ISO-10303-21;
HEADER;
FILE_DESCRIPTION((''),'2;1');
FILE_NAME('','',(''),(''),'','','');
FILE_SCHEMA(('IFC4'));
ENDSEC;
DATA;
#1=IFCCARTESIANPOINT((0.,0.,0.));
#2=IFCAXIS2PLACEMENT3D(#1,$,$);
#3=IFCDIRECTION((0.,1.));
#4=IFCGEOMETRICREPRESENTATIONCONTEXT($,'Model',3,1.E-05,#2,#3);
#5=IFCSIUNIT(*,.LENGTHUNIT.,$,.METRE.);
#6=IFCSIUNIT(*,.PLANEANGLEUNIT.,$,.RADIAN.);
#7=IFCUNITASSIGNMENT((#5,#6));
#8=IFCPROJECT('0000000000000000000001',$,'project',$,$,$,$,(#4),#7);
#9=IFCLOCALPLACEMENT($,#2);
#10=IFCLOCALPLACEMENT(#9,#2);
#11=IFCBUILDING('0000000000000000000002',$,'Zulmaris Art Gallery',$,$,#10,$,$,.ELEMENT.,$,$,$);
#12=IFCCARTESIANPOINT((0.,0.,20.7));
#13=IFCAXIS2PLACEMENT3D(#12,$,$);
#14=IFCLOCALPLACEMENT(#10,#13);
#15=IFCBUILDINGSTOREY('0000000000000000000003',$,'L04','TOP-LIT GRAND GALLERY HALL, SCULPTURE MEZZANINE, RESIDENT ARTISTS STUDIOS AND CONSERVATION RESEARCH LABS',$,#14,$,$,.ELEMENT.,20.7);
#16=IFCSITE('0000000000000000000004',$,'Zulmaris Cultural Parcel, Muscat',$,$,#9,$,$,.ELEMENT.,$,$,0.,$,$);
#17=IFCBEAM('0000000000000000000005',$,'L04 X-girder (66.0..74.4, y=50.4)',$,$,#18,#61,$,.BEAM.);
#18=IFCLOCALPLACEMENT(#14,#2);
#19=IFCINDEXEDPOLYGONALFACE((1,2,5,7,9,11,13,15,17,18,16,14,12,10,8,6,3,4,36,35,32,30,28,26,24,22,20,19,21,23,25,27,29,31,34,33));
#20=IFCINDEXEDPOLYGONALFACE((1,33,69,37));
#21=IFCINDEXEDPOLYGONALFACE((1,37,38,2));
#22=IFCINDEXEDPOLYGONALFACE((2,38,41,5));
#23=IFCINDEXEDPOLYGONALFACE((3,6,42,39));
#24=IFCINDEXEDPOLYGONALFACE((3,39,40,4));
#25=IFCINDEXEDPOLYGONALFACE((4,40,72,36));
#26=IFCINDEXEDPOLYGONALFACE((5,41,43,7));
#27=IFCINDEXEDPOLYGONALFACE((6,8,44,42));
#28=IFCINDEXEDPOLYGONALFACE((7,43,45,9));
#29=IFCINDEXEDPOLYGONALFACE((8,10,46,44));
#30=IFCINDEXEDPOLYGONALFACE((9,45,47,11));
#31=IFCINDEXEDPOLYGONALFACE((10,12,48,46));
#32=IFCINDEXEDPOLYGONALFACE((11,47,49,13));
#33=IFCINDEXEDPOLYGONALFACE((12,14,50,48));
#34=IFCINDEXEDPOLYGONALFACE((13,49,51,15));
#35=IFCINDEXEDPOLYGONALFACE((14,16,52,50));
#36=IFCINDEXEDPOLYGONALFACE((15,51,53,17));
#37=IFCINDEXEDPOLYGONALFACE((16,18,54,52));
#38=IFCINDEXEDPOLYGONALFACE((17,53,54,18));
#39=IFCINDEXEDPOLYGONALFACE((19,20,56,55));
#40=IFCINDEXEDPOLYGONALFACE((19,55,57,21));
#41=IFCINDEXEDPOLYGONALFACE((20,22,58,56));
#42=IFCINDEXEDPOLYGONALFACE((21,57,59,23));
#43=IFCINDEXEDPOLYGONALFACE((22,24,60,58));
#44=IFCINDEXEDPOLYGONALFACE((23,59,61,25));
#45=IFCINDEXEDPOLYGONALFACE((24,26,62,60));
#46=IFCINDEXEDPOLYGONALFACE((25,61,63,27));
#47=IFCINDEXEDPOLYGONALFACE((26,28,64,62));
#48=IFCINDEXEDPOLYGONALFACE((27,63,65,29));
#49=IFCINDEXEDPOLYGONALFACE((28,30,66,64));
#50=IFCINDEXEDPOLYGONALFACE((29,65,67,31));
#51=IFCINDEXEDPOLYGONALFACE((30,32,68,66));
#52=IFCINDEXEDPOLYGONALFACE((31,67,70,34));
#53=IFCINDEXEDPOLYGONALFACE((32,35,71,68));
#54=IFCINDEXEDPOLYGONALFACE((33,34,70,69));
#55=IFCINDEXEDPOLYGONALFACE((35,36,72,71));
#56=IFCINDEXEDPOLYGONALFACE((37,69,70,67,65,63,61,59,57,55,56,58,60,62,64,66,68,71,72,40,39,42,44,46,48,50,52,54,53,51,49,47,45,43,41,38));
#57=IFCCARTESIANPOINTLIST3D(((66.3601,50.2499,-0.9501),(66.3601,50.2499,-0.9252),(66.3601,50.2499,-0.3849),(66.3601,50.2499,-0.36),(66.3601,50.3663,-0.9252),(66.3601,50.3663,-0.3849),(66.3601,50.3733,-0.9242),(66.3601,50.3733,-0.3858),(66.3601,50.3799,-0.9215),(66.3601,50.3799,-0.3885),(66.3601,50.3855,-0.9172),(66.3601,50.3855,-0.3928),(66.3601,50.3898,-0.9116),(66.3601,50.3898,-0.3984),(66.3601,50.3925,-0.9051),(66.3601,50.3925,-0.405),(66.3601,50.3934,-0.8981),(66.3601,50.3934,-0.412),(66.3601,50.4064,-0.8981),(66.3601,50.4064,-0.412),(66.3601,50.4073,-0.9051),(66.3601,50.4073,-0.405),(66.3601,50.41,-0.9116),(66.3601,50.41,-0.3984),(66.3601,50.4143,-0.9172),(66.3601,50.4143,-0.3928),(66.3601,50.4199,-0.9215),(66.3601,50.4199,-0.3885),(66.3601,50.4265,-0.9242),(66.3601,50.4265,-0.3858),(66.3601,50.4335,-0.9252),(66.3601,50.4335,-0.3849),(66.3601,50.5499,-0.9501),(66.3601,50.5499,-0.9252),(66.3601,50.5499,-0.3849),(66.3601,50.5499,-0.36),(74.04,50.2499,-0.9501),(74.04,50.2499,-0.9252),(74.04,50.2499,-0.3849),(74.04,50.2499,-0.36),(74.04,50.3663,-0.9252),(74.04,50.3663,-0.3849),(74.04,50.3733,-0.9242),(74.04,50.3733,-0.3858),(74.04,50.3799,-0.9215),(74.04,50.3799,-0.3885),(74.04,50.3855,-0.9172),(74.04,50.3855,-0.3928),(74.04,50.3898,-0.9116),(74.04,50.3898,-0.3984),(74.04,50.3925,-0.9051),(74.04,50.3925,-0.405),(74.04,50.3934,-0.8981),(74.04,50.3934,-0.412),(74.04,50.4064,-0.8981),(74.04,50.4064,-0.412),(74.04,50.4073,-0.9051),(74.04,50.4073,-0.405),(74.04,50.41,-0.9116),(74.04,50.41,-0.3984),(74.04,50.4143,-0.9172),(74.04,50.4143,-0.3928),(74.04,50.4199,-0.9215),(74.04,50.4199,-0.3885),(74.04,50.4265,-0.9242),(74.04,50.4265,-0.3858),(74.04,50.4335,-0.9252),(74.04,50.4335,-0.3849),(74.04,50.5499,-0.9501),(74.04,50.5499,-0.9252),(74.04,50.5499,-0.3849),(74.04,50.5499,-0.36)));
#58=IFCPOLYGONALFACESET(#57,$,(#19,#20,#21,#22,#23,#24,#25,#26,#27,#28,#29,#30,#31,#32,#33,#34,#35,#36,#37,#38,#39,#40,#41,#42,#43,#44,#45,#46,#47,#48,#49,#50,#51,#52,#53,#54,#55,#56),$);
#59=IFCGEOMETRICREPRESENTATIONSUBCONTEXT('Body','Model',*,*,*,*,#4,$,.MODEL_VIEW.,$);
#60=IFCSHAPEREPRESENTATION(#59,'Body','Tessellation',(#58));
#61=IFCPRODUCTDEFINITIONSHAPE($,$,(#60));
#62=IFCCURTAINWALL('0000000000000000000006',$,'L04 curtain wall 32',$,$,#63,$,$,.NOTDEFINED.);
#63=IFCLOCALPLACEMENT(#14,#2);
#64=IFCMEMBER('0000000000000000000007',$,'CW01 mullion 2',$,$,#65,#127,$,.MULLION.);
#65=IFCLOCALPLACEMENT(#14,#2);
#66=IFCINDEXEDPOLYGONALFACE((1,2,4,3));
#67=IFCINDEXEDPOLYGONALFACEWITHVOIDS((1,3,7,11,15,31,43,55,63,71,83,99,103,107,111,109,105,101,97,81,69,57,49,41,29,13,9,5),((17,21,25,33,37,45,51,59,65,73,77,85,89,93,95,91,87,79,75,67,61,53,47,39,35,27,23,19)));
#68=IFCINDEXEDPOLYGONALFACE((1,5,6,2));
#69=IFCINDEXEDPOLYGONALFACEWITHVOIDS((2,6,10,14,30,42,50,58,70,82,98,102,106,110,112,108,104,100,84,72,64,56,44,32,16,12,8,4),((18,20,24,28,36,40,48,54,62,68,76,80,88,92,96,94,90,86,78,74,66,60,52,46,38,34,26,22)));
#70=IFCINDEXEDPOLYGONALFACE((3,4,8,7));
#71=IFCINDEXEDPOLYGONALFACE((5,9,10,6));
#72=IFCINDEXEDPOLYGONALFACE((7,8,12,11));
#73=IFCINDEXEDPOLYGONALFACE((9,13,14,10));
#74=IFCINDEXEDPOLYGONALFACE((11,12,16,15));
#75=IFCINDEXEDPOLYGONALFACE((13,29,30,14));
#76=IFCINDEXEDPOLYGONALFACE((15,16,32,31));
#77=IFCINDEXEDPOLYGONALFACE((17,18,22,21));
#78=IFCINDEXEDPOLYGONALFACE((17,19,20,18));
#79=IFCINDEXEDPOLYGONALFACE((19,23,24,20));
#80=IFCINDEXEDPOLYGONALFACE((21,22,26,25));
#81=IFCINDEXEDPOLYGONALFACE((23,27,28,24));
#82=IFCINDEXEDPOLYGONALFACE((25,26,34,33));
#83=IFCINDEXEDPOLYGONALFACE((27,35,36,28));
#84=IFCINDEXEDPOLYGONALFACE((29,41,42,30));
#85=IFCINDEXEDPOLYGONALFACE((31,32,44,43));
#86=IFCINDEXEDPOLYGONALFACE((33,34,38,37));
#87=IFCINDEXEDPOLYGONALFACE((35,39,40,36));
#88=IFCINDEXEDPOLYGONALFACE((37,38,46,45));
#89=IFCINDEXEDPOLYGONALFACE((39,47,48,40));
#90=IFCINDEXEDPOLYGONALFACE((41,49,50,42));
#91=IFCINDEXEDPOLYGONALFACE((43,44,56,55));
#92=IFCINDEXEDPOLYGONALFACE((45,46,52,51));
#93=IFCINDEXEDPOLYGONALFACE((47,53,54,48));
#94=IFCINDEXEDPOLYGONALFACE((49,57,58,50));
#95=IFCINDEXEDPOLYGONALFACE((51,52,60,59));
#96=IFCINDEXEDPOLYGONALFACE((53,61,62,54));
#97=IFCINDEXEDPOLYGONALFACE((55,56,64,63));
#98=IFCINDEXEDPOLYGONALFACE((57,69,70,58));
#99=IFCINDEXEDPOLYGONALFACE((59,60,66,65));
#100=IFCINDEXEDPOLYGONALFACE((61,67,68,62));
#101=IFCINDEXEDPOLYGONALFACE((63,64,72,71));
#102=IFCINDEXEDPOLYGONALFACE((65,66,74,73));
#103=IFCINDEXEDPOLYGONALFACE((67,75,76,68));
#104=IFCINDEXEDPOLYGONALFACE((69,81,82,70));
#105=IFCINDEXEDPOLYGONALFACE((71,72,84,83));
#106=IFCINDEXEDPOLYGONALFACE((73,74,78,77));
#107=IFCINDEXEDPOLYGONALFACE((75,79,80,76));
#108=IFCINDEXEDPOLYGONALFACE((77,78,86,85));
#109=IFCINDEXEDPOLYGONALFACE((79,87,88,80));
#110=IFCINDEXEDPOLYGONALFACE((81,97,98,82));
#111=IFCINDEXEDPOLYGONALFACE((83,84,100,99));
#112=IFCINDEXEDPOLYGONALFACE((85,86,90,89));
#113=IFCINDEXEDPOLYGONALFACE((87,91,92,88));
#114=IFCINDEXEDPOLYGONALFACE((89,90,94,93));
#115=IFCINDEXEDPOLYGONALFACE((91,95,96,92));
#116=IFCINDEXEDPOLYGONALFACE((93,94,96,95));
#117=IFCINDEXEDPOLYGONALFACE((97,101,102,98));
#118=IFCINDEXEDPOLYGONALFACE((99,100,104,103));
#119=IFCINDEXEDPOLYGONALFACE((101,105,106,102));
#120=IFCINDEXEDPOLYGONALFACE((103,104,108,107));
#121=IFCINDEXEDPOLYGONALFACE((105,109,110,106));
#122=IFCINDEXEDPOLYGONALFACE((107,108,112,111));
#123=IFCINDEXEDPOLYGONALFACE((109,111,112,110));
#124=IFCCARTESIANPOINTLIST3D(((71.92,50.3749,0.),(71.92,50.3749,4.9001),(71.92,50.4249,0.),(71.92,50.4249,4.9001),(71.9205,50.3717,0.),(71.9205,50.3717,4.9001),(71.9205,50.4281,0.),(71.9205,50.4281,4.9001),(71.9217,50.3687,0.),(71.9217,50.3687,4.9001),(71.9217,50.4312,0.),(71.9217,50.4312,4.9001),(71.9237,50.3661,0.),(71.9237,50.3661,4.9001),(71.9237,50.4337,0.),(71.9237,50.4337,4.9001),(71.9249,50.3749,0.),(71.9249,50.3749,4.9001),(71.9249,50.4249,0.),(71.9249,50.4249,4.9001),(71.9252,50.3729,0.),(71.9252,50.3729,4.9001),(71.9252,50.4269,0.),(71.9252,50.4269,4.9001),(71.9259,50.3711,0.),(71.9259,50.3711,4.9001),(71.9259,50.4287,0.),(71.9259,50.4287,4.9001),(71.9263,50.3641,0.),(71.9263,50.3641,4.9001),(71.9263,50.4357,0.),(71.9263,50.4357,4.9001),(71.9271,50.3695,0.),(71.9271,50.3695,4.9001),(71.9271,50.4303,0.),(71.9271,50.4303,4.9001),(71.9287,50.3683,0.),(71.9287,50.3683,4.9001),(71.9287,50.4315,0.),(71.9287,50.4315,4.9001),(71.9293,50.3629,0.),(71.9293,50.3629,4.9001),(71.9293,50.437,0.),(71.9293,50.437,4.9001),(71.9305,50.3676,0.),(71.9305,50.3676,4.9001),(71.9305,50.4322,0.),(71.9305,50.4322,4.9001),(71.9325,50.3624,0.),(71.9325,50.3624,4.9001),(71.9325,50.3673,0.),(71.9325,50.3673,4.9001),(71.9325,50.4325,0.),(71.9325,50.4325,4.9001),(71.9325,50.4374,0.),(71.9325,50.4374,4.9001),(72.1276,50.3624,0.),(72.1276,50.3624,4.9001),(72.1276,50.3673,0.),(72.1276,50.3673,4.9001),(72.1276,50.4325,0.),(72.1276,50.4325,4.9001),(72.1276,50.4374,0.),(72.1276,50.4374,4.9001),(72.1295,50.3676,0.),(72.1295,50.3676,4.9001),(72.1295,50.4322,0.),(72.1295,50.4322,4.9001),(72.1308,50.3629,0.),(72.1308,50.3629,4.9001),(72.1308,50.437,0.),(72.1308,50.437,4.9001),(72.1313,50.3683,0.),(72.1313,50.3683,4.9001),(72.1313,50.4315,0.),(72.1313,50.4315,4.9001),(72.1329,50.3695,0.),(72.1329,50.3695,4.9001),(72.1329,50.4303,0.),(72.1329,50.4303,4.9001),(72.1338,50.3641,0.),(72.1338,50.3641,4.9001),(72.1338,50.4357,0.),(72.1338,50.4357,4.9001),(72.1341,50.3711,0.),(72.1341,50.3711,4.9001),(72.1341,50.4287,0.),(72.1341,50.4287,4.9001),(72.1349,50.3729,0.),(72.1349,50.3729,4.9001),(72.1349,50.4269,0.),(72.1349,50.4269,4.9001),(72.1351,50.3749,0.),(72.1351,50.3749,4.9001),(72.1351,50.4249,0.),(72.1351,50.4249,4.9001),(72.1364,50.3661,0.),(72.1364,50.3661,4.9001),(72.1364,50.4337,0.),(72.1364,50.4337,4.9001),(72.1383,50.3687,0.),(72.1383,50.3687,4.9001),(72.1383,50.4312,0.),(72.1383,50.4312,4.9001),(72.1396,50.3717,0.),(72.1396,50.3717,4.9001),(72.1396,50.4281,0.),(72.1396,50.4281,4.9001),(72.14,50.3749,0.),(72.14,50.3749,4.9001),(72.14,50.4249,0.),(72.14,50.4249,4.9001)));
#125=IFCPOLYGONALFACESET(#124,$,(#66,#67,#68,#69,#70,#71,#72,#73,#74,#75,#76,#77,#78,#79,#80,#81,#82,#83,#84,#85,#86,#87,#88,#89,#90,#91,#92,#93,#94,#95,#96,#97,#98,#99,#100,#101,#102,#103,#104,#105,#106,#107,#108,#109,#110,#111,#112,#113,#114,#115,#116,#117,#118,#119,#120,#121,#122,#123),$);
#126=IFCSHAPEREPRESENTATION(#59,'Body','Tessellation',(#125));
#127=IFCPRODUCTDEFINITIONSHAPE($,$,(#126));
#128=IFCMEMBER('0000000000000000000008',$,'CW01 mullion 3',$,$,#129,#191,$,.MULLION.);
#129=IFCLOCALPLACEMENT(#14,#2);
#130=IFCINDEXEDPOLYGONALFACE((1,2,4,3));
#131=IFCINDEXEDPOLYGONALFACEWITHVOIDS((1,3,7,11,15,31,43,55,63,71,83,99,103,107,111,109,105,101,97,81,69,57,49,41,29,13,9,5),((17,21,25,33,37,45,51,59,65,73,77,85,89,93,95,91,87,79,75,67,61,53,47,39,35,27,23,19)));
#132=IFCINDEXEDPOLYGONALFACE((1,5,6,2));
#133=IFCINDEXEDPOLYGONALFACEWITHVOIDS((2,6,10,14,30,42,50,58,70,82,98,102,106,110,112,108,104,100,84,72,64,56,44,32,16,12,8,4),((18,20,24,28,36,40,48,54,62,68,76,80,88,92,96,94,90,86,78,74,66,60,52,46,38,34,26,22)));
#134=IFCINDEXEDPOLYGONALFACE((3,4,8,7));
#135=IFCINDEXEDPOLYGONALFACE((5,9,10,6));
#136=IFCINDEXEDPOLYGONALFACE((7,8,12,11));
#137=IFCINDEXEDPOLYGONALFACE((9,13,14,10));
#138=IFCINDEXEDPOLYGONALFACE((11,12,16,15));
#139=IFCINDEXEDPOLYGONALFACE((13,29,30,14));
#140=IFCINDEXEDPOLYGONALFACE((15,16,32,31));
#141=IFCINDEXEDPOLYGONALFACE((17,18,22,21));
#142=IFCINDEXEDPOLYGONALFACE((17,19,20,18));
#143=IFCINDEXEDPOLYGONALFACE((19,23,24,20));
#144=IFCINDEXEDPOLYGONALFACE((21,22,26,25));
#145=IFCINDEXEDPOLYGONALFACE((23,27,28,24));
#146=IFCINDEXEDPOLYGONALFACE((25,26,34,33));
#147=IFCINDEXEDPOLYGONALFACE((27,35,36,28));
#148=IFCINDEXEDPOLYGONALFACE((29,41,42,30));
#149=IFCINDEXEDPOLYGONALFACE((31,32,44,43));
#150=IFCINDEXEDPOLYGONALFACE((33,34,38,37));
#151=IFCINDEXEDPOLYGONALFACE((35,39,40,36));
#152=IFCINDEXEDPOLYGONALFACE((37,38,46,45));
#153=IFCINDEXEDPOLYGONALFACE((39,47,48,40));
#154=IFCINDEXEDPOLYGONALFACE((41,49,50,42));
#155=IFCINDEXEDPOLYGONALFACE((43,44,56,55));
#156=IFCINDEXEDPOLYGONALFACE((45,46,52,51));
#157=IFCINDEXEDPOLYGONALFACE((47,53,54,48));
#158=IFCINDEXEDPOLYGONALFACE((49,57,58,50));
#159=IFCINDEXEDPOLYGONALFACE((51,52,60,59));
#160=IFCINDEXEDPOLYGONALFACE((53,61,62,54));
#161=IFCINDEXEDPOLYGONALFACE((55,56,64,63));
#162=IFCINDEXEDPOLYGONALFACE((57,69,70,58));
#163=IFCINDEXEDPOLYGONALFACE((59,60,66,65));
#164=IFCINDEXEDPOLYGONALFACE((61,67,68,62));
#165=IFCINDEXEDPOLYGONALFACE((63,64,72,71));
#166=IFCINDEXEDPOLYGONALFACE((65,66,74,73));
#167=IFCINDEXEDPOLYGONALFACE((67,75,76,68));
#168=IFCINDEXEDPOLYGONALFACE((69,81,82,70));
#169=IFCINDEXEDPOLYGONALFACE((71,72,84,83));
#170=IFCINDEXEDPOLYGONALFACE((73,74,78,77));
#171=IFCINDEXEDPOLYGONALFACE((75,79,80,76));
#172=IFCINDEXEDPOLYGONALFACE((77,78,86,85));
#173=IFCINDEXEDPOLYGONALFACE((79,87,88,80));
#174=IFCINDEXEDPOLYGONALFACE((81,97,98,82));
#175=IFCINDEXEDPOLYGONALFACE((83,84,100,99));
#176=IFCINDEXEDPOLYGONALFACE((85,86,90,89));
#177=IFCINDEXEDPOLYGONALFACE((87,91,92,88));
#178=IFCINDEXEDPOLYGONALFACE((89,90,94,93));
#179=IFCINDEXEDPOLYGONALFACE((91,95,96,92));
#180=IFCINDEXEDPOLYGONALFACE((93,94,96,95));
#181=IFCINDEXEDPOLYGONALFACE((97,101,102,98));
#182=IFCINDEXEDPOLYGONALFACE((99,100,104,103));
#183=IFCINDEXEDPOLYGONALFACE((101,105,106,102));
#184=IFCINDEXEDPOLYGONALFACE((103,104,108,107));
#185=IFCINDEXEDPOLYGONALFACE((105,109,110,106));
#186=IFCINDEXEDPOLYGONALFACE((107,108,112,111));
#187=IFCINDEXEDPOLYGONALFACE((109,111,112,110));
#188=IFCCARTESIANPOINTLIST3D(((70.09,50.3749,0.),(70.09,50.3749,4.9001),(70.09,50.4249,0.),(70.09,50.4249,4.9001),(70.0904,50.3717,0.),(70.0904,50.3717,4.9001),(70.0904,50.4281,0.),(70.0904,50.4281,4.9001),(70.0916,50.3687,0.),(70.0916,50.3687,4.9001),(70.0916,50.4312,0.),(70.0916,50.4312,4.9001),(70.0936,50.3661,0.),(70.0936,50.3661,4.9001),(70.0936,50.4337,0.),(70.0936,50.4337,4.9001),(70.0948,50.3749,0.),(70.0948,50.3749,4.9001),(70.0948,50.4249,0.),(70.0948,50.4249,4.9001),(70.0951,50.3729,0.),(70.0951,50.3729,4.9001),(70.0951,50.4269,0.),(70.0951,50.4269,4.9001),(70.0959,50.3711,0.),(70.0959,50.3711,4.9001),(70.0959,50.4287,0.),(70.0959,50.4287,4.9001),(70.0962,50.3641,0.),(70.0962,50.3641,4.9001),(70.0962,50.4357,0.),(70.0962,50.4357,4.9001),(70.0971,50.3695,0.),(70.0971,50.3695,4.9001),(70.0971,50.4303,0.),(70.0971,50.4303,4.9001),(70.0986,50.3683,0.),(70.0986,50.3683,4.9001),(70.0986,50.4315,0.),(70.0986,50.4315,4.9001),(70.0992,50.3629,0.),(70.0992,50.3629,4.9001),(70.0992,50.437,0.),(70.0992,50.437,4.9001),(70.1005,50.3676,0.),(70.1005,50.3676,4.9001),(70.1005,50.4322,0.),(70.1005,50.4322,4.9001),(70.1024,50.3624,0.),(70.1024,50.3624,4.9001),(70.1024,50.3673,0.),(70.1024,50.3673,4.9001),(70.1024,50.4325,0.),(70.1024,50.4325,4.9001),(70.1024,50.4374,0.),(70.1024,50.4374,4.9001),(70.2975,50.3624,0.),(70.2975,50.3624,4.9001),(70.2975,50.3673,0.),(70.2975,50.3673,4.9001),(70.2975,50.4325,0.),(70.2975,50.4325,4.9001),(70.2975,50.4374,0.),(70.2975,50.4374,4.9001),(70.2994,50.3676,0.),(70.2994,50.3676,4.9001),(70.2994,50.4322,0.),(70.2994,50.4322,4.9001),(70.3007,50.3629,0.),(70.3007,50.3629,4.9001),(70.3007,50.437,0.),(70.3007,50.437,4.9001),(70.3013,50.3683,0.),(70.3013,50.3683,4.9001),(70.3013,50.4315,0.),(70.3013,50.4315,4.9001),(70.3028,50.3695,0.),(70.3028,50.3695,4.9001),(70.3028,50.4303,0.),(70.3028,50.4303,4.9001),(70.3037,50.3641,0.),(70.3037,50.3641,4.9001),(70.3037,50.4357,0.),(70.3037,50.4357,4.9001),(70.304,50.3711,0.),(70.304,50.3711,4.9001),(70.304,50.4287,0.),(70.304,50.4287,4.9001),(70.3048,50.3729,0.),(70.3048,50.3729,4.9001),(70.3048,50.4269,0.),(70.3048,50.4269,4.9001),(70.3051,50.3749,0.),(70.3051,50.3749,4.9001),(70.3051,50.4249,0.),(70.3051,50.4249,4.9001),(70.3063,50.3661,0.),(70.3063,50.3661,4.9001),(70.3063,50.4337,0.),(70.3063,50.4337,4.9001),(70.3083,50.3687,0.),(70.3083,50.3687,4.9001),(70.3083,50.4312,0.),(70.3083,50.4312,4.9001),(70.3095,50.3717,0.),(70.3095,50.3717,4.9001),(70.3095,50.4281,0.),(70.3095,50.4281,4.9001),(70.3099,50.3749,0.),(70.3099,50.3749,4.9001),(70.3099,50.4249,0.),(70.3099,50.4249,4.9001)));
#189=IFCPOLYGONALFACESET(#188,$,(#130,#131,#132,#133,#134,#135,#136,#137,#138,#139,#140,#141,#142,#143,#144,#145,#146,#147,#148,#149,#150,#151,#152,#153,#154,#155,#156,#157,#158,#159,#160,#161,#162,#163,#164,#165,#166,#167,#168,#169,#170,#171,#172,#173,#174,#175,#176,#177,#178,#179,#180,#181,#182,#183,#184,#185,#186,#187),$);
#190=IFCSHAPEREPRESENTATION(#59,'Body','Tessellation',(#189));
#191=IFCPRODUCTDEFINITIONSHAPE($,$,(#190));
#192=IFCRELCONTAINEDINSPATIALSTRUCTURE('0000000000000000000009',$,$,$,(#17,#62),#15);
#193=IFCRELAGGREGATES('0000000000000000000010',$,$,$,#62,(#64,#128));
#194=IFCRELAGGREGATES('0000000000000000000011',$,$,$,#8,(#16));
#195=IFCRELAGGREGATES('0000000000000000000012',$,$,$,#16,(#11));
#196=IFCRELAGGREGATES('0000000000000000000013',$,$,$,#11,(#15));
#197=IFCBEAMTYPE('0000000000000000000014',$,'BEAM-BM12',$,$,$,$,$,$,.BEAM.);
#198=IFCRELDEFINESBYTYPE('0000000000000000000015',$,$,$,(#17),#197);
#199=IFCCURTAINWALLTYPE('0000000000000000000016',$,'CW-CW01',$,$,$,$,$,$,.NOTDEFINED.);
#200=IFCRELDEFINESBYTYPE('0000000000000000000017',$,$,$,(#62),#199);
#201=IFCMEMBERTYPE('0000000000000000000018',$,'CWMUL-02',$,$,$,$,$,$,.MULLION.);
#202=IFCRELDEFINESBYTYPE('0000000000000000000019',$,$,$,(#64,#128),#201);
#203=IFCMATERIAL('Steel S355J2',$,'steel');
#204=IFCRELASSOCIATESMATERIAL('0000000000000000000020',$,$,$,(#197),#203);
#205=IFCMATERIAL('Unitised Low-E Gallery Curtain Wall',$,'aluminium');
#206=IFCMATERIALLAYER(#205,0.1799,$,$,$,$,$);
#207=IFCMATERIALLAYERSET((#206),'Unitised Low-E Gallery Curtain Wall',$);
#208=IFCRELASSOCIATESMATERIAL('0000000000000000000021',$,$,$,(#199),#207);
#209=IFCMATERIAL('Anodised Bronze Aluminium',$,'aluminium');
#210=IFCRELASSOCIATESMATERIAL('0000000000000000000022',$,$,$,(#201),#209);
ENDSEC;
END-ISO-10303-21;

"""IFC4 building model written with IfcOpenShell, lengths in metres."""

from ifc_helpers import new_model, si_unit, direction, frame, origin, origin_2d, place, context, subcontext, project, spatial, hollow_rectangle, i_section, extrude, material, layer, layer_set, material_profile, profile_set, type_object, element, aggregate, save


model = new_model("IFC4")

# Units and contexts
model_context = context("Model", 3, precision=1e-05, world=origin(), true_north=direction((0.0, 1.0)))
body_context = subcontext(model_context, "Body", "Model", "MODEL_VIEW")
ifc_project = project(units=[si_unit("LENGTHUNIT", "METRE"), si_unit("PLANEANGLEUNIT", "RADIAN")], contexts=[model_context])

# Site, building, storey
site_placement = place(None, origin())
site = spatial("IfcSite", under=ifc_project, at=site_placement, Name="Zulmaris Cultural Parcel, Muscat", CompositionType="ELEMENT", RefElevation=0.0)
building_placement = place(site_placement, origin())
building = spatial("IfcBuilding", under=site, at=building_placement, Name="Zulmaris Art Gallery", CompositionType="ELEMENT")
storey_placement = place(building_placement, frame((0.0, 0.0, 20.7)))
storey = spatial("IfcBuildingStorey", under=building, at=storey_placement, Name="L04", Description="TOP-LIT GRAND GALLERY HALL, SCULPTURE MEZZANINE, RESIDENT ARTISTS STUDIOS AND CONSERVATION RESEARCH LABS", CompositionType="ELEMENT", Elevation=20.7)

# Beam
ifc_material_1 = material(Name="Steel S355J2", Category="steel")
ifc_material_profile_1 = material_profile(ifc_material_1, i_section(OverallWidth=0.3, OverallDepth=0.5901, WebThickness=0.0129, FlangeThickness=0.0249, FilletRadius=0.0271, at=origin_2d()), Name="HEA 600")
ifc_profile_set_1 = profile_set([ifc_material_profile_1], Name="Steel S355J2")
beam_type = type_object("IfcBeamType", Name="BEAM-BM12", PredefinedType="BEAM", material=ifc_profile_set_1)
beam_placement = place(storey_placement, frame((66.3601, 50.3999, -0.655), z_axis=(1.0, 0.0, 0.0), x_axis=(0.0, 1.0, 0.0)))
element("IfcBeam", 1, at=beam_placement, inside=storey, type_object=beam_type, Name="L04 X-girder (66.0..74.4, y=50.4)", PredefinedType="BEAM", context=body_context, shape_type="SweptSolid", body=[
    extrude(i_section(OverallWidth=0.3, OverallDepth=0.5901, WebThickness=0.0129, FlangeThickness=0.0249, FilletRadius=0.0271, at=origin_2d()), origin(), (0.0, 0.0, 1.0), 7.6799),
])

# Curtain wall, members
ifc_material_2 = material(Name="Unitised Low-E Gallery Curtain Wall", Category="aluminium")
ifc_layer_1 = layer(ifc_material_2, 0.1799)
ifc_layer_set_1 = layer_set([ifc_layer_1], Name="Unitised Low-E Gallery Curtain Wall")
curtain_wall_type = type_object("IfcCurtainWallType", Name="CW-CW01", PredefinedType="NOTDEFINED", material=ifc_layer_set_1)
curtain_wall_placement = place(storey_placement, origin())
curtain_wall = element("IfcCurtainWall", 2, at=curtain_wall_placement, inside=storey, type_object=curtain_wall_type, Name="L04 curtain wall 32", PredefinedType="NOTDEFINED")
ifc_material_3 = material(Name="Anodised Bronze Aluminium", Category="aluminium")
ifc_material_profile_2 = material_profile(ifc_material_3, hollow_rectangle(XDim=0.075, YDim=0.22, WallThickness=0.0049, InnerFilletRadius=0.0076, OuterFilletRadius=0.0125, at=origin_2d()), Name="ALU 75x220x5")
ifc_profile_set_2 = profile_set([ifc_material_profile_2], Name="Anodised Bronze Aluminium")
member_type_1 = type_object("IfcMemberType", Name="CWMUL-02", PredefinedType="MULLION", material=ifc_profile_set_2)
member_1_placement = place(storey_placement, frame((72.03, 50.3999, 0.0), z_axis=(0.0, 0.0, 1.0), x_axis=(0.0, -1.0, 0.0)))
member_1 = element("IfcMember", 3, at=member_1_placement, type_object=member_type_1, Name="CW01 mullion 2", PredefinedType="MULLION", context=body_context, shape_type="SweptSolid", body=[
    extrude(hollow_rectangle(XDim=0.075, YDim=0.22, WallThickness=0.0049, InnerFilletRadius=0.0076, OuterFilletRadius=0.0125, at=origin_2d()), origin(), (0.0, 0.0, 1.0), 4.9001),
])
member_2_placement = place(storey_placement, frame((70.2, 50.3999, 0.0), z_axis=(0.0, 0.0, 1.0), x_axis=(0.0, -1.0, 0.0)))
member_2 = element("IfcMember", 4, at=member_2_placement, type_object=member_type_1, Name="CW01 mullion 3", PredefinedType="MULLION", context=body_context, shape_type="SweptSolid", body=[
    extrude(hollow_rectangle(XDim=0.075, YDim=0.22, WallThickness=0.0049, InnerFilletRadius=0.0076, OuterFilletRadius=0.0125, at=origin_2d()), origin(), (0.0, 0.0, 1.0), 4.9001),
])
aggregate(curtain_wall, [member_1, member_2])

save(model, "model.ifc")
